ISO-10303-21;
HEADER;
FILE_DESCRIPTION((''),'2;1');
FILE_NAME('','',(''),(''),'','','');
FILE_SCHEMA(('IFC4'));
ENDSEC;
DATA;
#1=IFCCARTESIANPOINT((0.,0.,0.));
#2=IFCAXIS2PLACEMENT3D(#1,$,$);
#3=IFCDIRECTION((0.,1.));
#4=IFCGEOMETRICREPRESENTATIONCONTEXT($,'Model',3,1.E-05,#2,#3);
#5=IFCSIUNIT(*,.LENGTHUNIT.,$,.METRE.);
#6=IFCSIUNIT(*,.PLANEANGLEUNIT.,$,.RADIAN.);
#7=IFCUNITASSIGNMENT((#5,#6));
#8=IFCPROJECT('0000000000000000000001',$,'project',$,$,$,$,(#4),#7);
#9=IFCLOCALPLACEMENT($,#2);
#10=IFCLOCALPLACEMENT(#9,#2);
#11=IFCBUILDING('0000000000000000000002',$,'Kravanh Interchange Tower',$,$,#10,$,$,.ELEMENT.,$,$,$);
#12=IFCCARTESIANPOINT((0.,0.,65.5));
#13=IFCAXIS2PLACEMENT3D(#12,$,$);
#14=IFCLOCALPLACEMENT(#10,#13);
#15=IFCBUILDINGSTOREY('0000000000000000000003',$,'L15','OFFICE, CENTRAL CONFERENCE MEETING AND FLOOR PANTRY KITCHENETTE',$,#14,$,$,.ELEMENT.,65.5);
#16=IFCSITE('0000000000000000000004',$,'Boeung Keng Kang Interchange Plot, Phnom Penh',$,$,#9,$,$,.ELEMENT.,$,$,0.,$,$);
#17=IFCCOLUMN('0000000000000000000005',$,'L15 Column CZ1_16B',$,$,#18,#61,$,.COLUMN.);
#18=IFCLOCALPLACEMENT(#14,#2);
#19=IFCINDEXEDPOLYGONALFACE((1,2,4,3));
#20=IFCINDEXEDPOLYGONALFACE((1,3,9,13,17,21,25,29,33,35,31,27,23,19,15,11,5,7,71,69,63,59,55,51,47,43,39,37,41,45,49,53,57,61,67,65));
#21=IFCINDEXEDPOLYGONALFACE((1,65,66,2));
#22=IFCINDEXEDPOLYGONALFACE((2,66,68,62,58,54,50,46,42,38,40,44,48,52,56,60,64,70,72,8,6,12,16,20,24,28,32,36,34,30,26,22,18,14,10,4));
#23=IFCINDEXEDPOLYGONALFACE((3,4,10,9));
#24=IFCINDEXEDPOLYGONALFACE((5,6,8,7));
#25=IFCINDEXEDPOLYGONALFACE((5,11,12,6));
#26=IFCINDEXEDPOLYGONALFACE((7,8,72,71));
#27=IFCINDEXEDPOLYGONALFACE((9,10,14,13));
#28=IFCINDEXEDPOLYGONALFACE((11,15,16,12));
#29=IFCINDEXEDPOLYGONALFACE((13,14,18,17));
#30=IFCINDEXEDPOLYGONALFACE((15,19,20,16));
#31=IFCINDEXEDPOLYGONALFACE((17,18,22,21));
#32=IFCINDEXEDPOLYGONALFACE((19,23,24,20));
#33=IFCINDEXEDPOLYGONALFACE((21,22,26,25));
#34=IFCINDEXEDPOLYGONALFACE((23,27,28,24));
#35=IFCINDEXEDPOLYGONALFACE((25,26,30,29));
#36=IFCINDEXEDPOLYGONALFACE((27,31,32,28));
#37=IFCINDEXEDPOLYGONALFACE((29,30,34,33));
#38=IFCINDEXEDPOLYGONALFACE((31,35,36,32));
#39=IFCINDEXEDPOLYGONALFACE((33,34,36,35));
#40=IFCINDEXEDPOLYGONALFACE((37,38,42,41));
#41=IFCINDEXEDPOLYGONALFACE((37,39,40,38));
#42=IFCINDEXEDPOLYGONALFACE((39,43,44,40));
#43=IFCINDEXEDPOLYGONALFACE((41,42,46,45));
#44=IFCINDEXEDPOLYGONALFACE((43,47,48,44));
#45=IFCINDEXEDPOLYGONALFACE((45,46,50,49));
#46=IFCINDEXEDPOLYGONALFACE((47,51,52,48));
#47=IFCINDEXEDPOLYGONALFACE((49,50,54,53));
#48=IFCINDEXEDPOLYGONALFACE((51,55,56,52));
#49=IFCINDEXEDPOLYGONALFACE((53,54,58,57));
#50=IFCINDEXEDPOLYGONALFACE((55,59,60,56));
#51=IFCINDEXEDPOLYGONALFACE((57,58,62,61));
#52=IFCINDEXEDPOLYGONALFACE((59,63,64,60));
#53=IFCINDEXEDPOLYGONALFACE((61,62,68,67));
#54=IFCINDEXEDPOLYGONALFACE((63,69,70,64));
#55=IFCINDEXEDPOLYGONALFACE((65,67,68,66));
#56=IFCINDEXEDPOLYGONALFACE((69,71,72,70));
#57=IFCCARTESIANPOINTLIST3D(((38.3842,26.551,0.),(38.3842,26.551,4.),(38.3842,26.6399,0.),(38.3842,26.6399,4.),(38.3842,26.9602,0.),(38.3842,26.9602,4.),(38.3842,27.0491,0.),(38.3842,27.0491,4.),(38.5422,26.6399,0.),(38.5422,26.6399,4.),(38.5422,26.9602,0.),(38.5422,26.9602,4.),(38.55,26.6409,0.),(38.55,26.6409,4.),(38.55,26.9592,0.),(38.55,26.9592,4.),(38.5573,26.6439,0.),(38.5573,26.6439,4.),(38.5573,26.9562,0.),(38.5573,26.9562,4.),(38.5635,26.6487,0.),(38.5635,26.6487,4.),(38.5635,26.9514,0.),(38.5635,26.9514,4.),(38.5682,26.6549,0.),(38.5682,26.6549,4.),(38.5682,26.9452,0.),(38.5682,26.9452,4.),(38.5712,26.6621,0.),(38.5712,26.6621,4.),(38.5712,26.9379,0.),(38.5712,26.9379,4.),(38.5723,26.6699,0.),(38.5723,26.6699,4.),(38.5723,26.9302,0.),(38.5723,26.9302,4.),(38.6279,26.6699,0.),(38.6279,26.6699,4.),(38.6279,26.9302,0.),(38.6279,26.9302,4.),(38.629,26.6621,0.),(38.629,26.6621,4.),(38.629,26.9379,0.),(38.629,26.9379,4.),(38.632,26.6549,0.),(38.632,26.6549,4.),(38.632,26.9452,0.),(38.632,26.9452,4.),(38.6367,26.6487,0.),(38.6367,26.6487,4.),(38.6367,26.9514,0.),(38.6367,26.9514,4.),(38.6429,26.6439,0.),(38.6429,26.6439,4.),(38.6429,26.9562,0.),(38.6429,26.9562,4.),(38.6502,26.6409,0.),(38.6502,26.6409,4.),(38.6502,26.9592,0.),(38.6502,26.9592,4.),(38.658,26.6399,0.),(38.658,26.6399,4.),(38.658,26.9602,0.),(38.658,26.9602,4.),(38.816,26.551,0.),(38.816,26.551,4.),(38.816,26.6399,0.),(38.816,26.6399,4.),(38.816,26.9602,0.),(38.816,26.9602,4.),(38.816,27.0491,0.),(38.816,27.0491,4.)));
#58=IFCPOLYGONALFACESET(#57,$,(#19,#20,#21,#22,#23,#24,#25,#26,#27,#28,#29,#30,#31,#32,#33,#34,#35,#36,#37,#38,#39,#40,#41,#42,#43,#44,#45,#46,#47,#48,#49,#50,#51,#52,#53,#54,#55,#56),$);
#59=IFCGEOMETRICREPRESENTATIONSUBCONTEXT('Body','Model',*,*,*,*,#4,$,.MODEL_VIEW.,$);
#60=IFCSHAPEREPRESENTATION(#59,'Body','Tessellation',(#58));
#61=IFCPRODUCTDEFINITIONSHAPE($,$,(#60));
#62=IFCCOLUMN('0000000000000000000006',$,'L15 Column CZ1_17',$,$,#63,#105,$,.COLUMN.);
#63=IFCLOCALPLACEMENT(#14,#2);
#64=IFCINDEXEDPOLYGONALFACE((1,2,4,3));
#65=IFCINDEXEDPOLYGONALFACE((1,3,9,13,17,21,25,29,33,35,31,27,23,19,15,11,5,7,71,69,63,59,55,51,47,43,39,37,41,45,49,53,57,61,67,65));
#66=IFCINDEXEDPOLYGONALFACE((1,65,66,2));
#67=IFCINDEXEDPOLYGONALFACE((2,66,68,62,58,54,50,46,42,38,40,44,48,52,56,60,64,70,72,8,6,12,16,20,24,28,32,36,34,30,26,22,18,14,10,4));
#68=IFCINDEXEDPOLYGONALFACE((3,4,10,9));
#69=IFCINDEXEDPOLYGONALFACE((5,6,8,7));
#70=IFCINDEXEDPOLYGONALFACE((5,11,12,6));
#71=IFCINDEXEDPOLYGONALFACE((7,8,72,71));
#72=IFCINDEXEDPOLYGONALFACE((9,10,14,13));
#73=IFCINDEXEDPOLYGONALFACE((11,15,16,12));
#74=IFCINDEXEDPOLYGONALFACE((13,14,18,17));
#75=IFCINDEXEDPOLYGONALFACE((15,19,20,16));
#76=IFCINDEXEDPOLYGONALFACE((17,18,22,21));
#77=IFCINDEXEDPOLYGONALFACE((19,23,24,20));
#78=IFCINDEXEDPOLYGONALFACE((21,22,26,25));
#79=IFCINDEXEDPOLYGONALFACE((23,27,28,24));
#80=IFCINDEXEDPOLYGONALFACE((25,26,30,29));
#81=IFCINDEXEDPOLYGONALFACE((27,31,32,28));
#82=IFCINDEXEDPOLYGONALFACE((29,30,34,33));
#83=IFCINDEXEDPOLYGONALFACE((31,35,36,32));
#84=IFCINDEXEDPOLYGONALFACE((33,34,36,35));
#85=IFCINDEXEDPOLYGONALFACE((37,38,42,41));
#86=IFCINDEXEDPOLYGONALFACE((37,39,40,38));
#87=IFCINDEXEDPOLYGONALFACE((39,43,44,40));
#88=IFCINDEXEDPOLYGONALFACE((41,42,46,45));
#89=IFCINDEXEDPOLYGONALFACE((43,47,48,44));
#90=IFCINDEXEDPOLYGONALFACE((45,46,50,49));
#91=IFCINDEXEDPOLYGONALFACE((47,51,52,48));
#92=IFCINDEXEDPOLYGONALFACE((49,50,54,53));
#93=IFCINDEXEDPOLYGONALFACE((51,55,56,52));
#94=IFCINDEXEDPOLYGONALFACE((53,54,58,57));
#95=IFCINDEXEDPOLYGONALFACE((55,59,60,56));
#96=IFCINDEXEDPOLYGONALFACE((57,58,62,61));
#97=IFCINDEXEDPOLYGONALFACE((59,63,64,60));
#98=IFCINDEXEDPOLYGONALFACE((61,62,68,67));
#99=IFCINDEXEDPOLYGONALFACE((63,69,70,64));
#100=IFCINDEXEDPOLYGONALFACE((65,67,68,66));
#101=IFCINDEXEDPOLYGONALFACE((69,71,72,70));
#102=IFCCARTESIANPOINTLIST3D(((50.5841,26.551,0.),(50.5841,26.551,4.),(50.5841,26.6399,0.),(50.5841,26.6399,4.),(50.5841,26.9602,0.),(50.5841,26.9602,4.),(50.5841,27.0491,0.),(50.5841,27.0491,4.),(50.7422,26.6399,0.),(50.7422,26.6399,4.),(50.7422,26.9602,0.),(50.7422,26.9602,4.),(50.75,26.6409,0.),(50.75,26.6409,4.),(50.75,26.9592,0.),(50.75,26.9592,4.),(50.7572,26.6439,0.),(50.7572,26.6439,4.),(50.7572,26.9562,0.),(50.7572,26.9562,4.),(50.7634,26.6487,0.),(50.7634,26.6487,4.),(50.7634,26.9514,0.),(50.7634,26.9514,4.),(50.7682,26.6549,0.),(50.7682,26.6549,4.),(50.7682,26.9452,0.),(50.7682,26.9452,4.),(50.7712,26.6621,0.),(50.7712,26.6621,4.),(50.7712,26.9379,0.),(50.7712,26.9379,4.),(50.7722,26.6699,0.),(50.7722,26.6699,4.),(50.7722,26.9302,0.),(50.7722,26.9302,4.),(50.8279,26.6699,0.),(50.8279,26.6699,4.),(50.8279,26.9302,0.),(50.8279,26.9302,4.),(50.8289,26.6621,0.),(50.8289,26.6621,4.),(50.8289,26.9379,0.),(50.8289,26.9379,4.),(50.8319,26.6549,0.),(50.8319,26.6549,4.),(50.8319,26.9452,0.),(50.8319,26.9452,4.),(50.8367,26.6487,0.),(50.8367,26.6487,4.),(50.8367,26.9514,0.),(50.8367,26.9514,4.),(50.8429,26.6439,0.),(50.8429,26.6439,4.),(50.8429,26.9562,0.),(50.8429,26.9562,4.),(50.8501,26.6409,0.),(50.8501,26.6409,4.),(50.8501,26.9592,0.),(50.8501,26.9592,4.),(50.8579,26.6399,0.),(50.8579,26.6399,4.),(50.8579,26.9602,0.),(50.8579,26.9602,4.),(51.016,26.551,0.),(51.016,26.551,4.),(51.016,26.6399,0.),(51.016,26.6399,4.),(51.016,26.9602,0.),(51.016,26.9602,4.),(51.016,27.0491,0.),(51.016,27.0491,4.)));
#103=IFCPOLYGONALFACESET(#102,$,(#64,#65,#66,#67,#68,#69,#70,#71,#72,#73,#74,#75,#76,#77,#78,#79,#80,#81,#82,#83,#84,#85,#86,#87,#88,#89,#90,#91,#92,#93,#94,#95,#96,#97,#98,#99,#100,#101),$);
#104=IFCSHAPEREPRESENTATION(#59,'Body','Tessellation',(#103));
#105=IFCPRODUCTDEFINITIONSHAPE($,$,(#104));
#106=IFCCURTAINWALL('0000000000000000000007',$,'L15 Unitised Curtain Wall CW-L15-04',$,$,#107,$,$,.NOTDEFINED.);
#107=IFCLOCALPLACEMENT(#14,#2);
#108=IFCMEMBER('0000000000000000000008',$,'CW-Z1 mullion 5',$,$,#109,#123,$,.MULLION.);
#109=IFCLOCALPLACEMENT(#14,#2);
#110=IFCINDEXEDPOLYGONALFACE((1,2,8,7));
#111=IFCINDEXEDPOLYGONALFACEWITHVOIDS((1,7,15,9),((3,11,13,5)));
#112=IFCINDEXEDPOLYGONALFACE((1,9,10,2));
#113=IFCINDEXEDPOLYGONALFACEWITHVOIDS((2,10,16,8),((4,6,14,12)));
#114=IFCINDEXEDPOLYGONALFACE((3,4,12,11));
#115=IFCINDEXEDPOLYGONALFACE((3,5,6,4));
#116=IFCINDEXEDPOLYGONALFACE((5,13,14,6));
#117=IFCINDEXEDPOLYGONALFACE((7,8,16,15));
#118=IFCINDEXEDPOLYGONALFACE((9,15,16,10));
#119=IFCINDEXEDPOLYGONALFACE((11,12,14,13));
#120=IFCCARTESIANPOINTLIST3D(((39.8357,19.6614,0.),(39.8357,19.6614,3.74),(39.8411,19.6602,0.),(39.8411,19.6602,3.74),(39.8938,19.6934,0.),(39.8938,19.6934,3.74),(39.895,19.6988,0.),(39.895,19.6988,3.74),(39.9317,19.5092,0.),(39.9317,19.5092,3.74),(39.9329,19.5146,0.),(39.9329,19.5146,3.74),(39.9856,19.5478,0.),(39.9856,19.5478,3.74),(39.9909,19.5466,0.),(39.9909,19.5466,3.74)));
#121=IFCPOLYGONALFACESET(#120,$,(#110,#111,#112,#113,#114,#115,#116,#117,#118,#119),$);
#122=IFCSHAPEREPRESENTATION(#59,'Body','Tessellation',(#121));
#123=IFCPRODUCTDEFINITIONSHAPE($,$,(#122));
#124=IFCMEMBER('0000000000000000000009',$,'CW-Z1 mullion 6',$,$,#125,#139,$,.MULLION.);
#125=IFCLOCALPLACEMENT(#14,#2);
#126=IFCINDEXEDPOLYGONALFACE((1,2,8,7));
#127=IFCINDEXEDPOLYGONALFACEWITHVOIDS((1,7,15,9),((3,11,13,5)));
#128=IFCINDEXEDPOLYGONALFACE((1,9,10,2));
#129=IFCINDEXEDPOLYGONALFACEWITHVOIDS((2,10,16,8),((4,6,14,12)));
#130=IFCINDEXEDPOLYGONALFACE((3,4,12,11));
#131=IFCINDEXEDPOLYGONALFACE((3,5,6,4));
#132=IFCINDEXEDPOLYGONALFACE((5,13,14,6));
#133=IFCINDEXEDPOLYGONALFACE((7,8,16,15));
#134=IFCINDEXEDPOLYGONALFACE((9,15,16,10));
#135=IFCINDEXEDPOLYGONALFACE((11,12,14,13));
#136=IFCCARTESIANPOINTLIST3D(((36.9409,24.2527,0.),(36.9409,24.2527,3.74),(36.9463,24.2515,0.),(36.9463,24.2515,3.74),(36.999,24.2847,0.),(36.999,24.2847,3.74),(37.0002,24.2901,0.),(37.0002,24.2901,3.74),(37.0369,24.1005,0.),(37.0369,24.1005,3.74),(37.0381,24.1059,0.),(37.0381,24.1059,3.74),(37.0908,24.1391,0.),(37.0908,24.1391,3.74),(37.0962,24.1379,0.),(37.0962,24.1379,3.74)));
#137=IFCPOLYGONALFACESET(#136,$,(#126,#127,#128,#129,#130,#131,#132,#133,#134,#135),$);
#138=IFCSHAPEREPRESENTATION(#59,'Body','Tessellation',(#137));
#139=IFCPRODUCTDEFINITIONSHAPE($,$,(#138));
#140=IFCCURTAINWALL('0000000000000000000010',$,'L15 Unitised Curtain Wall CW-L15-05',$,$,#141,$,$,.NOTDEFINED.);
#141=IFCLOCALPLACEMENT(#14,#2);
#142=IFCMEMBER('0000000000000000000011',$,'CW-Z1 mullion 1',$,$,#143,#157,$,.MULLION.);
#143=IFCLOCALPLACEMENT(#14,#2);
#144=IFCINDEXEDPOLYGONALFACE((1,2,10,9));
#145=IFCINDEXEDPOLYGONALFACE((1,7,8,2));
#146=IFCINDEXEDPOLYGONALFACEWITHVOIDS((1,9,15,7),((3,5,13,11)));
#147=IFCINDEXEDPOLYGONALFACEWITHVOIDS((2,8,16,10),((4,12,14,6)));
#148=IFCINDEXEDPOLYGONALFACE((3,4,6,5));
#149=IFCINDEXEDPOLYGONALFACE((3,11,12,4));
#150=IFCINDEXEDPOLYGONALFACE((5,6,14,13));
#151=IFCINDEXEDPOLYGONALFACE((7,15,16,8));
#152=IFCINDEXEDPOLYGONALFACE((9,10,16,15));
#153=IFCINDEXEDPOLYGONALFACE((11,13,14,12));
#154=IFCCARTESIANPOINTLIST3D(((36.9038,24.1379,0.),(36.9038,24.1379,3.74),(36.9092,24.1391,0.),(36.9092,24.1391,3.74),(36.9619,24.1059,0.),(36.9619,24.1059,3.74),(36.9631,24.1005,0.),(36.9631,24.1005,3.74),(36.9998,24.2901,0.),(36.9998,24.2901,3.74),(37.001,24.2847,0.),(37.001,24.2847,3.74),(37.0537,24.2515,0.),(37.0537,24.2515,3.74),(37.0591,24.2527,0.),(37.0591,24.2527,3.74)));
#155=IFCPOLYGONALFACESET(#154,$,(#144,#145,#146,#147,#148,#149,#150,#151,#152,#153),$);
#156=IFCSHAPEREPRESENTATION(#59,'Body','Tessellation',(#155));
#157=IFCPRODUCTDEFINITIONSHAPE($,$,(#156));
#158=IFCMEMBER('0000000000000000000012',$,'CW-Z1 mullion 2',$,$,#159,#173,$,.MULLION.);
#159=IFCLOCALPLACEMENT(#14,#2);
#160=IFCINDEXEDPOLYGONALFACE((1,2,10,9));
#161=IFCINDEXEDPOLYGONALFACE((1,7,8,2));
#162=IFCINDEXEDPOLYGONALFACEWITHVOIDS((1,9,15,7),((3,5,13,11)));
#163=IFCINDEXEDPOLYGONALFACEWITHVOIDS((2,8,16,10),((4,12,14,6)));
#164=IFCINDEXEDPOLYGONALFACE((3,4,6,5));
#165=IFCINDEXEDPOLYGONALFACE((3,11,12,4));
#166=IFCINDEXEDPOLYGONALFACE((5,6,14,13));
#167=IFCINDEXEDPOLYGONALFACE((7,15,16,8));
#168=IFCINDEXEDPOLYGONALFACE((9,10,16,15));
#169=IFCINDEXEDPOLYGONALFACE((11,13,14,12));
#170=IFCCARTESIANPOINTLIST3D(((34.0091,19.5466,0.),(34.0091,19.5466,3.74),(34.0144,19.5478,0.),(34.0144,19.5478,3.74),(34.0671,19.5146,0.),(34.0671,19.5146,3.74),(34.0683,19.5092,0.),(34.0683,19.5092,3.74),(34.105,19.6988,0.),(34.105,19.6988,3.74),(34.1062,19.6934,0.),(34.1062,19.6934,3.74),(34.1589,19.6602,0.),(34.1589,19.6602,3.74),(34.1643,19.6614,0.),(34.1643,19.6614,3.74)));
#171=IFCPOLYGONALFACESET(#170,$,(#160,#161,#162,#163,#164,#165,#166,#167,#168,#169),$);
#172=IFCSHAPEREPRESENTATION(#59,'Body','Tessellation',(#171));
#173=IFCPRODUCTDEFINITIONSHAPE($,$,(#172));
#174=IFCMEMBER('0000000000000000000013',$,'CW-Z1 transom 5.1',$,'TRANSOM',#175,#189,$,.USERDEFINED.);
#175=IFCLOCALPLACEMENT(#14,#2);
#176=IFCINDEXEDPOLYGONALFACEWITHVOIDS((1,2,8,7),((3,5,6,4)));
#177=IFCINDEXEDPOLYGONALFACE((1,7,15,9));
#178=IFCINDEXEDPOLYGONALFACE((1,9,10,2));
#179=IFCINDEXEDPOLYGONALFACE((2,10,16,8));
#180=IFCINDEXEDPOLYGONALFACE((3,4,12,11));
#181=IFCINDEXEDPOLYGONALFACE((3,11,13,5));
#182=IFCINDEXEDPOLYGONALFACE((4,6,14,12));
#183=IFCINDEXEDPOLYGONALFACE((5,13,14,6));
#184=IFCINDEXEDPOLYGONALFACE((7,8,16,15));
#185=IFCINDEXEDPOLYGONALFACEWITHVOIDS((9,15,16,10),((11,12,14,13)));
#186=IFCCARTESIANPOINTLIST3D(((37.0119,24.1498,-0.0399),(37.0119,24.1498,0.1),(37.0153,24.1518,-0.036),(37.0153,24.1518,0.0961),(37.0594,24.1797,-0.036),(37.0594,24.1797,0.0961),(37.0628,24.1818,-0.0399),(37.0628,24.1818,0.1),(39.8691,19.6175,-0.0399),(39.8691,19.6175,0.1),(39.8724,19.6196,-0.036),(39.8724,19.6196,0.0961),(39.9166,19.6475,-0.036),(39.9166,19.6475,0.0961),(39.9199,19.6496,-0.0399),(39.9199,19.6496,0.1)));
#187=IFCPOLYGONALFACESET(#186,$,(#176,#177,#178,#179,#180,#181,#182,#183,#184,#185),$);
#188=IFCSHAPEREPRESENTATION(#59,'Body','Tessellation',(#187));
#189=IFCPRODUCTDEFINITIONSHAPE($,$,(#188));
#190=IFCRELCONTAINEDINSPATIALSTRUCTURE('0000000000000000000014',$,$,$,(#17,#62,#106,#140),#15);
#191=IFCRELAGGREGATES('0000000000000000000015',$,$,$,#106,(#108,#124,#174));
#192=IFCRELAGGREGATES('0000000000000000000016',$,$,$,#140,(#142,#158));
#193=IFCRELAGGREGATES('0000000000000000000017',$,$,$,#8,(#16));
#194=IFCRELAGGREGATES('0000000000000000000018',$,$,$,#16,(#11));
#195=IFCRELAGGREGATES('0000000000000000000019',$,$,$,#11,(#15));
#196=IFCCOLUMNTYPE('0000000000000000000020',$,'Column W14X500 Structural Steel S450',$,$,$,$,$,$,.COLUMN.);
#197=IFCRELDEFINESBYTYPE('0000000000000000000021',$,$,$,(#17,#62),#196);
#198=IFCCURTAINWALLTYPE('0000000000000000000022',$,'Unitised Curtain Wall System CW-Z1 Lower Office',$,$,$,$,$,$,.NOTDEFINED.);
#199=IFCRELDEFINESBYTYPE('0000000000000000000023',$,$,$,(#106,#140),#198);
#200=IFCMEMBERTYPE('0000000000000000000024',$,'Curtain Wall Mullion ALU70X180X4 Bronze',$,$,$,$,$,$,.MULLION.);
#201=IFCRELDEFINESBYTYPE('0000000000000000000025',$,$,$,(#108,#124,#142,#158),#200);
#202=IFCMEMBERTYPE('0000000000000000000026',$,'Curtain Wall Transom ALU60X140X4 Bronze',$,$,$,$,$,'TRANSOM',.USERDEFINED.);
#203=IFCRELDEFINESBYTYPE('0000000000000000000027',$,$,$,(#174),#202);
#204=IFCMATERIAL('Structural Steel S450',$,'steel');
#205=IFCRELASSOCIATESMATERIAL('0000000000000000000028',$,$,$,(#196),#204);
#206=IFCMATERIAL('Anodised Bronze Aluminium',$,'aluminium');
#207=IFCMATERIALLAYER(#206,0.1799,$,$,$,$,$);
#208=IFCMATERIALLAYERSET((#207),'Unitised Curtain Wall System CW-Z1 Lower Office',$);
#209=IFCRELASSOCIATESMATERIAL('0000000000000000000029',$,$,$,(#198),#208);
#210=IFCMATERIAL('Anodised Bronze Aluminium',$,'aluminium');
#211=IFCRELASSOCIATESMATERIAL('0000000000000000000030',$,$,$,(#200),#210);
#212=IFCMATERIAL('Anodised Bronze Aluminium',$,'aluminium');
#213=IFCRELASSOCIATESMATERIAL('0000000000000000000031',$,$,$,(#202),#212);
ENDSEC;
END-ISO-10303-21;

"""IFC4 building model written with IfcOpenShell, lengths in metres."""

from ifc_helpers import new_model, si_unit, direction, frame, origin, origin_2d, place, context, subcontext, project, spatial, hollow_rectangle, i_section, extrude, material, layer, layer_set, material_profile, profile_set, type_object, element, aggregate, save


model = new_model("IFC4")

# Units and contexts
model_context = context("Model", 3, precision=1e-05, world=origin(), true_north=direction((0.0, 1.0)))
body_context = subcontext(model_context, "Body", "Model", "MODEL_VIEW")
ifc_project = project(units=[si_unit("LENGTHUNIT", "METRE"), si_unit("PLANEANGLEUNIT", "RADIAN")], contexts=[model_context])

# Site, building, storey
site_placement = place(None, origin())
site = spatial("IfcSite", under=ifc_project, at=site_placement, Name="Boeung Keng Kang Interchange Plot, Phnom Penh", CompositionType="ELEMENT", RefElevation=0.0)
building_placement = place(site_placement, origin())
building = spatial("IfcBuilding", under=site, at=building_placement, Name="Kravanh Interchange Tower", CompositionType="ELEMENT")
storey_placement = place(building_placement, frame((0.0, 0.0, 65.5)))
storey = spatial("IfcBuildingStorey", under=building, at=storey_placement, Name="L15", Description="OFFICE, CENTRAL CONFERENCE MEETING AND FLOOR PANTRY KITCHENETTE", CompositionType="ELEMENT", Elevation=65.5)

# Columns
ifc_material_1 = material(Name="Structural Steel S450", Category="steel")
ifc_material_profile_1 = material_profile(ifc_material_1, i_section(OverallWidth=0.4319, OverallDepth=0.498, WebThickness=0.0557, FlangeThickness=0.0889, FilletRadius=0.03, at=origin_2d()), Name="W14X500")
ifc_profile_set_1 = profile_set([ifc_material_profile_1], Name="Structural Steel S450")
column_type = type_object("IfcColumnType", Name="Column W14X500 Structural Steel S450", PredefinedType="COLUMN", material=ifc_profile_set_1)
for number, where, z_axis, x_axis, name in (
    (1, (38.6001, 26.8, 0.0), (0.0, 0.0, 1.0), (1.0, 0.0, 0.0), "L15 Column CZ1_16B"),
    (2, (50.8, 26.8, 0.0), (0.0, 0.0, 1.0), (1.0, 0.0, 0.0), "L15 Column CZ1_17"),
):
    element("IfcColumn", number, at=place(storey_placement, frame(where, z_axis=z_axis, x_axis=x_axis)), inside=storey, type_object=column_type, Name=name, PredefinedType="COLUMN", context=body_context, shape_type="SweptSolid", body=[
        extrude(i_section(OverallWidth=0.4319, OverallDepth=0.498, WebThickness=0.0557, FlangeThickness=0.0889, FilletRadius=0.03, at=origin_2d()), origin(), (0.0, 0.0, 1.0), 4.0),
    ])

# Curtain walls, members
ifc_material_2 = material(Name="Anodised Bronze Aluminium", Category="aluminium")
ifc_layer_1 = layer(ifc_material_2, 0.1799)
ifc_layer_set_1 = layer_set([ifc_layer_1], Name="Unitised Curtain Wall System CW-Z1 Lower Office")
curtain_wall_type = type_object("IfcCurtainWallType", Name="Unitised Curtain Wall System CW-Z1 Lower Office", PredefinedType="NOTDEFINED", material=ifc_layer_set_1)
curtain_wall_1_placement = place(storey_placement, origin())
curtain_wall_1 = element("IfcCurtainWall", 3, at=curtain_wall_1_placement, inside=storey, type_object=curtain_wall_type, Name="L15 Unitised Curtain Wall CW-L15-04", PredefinedType="NOTDEFINED")
ifc_material_3 = material(Name="Anodised Bronze Aluminium", Category="aluminium")
ifc_material_profile_2 = material_profile(ifc_material_3, hollow_rectangle(XDim=0.0701, YDim=0.1799, WallThickness=0.0039, at=origin_2d()), Name="ALU70X180X4")
ifc_profile_set_2 = profile_set([ifc_material_profile_2], Name="Anodised Bronze Aluminium")
member_type_1 = type_object("IfcMemberType", Name="Curtain Wall Mullion ALU70X180X4 Bronze", PredefinedType="MULLION", material=ifc_profile_set_2)
member_1_placement = place(storey_placement, frame((39.9133, 19.604, 0.0), z_axis=(0.0, 0.0, 1.0), x_axis=(-0.845926, -0.533301, 0.0)))
member_1 = element("IfcMember", 4, at=member_1_placement, type_object=member_type_1, Name="CW-Z1 mullion 5", PredefinedType="MULLION", context=body_context, shape_type="SweptSolid", body=[
    extrude(hollow_rectangle(XDim=0.0701, YDim=0.1799, WallThickness=0.0039, at=origin_2d()), origin(), (0.0, 0.0, 1.0), 3.74),
])
member_2_placement = place(storey_placement, frame((37.0186, 24.1953, 0.0), z_axis=(0.0, 0.0, 1.0), x_axis=(-0.845926, -0.533301, 0.0)))
member_2 = element("IfcMember", 5, at=member_2_placement, type_object=member_type_1, Name="CW-Z1 mullion 6", PredefinedType="MULLION", context=body_context, shape_type="SweptSolid", body=[
    extrude(hollow_rectangle(XDim=0.0701, YDim=0.1799, WallThickness=0.0039, at=origin_2d()), origin(), (0.0, 0.0, 1.0), 3.74),
])
curtain_wall_2_placement = place(storey_placement, origin())
curtain_wall_2 = element("IfcCurtainWall", 6, at=curtain_wall_2_placement, inside=storey, type_object=curtain_wall_type, Name="L15 Unitised Curtain Wall CW-L15-05", PredefinedType="NOTDEFINED")
member_3_placement = place(storey_placement, frame((36.9814, 24.1953, 0.0), z_axis=(0.0, 0.0, 1.0), x_axis=(0.845926, -0.533301, 0.0)))
member_3 = element("IfcMember", 7, at=member_3_placement, type_object=member_type_1, Name="CW-Z1 mullion 1", PredefinedType="MULLION", context=body_context, shape_type="SweptSolid", body=[
    extrude(hollow_rectangle(XDim=0.0701, YDim=0.1799, WallThickness=0.0039, at=origin_2d()), origin(), (0.0, 0.0, 1.0), 3.74),
])
member_4_placement = place(storey_placement, frame((34.0867, 19.604, 0.0), z_axis=(0.0, 0.0, 1.0), x_axis=(0.845926, -0.533301, 0.0)))
member_4 = element("IfcMember", 8, at=member_4_placement, type_object=member_type_1, Name="CW-Z1 mullion 2", PredefinedType="MULLION", context=body_context, shape_type="SweptSolid", body=[
    extrude(hollow_rectangle(XDim=0.0701, YDim=0.1799, WallThickness=0.0039, at=origin_2d()), origin(), (0.0, 0.0, 1.0), 3.74),
])

# Member
ifc_material_4 = material(Name="Anodised Bronze Aluminium", Category="aluminium")
ifc_material_profile_3 = material_profile(ifc_material_4, hollow_rectangle(XDim=0.0601, YDim=0.1399, WallThickness=0.0039, at=origin_2d()), Name="ALU60X140X4")
ifc_profile_set_3 = profile_set([ifc_material_profile_3], Name="Anodised Bronze Aluminium")
member_type_2 = type_object("IfcMemberType", Name="Curtain Wall Transom ALU60X140X4 Bronze", ElementType="TRANSOM", PredefinedType="USERDEFINED", material=ifc_profile_set_3)
member_5_placement = place(storey_placement, frame((39.8945, 19.6335, 0.03), z_axis=(-0.533288, 0.845934, 0.0), x_axis=(-0.845934, -0.533288, 0.0)))
member_5 = element("IfcMember", 9, at=member_5_placement, type_object=member_type_2, Name="CW-Z1 transom 5.1", ObjectType="TRANSOM", PredefinedType="USERDEFINED", context=body_context, shape_type="SweptSolid", body=[
    extrude(hollow_rectangle(XDim=0.0601, YDim=0.1399, WallThickness=0.0039, at=origin_2d()), origin(), (0.0, 0.0, 1.0), 5.3577),
])

aggregate(curtain_wall_1, [member_1, member_2, member_5])
aggregate(curtain_wall_2, [member_3, member_4])

save(model, "model.ifc")
